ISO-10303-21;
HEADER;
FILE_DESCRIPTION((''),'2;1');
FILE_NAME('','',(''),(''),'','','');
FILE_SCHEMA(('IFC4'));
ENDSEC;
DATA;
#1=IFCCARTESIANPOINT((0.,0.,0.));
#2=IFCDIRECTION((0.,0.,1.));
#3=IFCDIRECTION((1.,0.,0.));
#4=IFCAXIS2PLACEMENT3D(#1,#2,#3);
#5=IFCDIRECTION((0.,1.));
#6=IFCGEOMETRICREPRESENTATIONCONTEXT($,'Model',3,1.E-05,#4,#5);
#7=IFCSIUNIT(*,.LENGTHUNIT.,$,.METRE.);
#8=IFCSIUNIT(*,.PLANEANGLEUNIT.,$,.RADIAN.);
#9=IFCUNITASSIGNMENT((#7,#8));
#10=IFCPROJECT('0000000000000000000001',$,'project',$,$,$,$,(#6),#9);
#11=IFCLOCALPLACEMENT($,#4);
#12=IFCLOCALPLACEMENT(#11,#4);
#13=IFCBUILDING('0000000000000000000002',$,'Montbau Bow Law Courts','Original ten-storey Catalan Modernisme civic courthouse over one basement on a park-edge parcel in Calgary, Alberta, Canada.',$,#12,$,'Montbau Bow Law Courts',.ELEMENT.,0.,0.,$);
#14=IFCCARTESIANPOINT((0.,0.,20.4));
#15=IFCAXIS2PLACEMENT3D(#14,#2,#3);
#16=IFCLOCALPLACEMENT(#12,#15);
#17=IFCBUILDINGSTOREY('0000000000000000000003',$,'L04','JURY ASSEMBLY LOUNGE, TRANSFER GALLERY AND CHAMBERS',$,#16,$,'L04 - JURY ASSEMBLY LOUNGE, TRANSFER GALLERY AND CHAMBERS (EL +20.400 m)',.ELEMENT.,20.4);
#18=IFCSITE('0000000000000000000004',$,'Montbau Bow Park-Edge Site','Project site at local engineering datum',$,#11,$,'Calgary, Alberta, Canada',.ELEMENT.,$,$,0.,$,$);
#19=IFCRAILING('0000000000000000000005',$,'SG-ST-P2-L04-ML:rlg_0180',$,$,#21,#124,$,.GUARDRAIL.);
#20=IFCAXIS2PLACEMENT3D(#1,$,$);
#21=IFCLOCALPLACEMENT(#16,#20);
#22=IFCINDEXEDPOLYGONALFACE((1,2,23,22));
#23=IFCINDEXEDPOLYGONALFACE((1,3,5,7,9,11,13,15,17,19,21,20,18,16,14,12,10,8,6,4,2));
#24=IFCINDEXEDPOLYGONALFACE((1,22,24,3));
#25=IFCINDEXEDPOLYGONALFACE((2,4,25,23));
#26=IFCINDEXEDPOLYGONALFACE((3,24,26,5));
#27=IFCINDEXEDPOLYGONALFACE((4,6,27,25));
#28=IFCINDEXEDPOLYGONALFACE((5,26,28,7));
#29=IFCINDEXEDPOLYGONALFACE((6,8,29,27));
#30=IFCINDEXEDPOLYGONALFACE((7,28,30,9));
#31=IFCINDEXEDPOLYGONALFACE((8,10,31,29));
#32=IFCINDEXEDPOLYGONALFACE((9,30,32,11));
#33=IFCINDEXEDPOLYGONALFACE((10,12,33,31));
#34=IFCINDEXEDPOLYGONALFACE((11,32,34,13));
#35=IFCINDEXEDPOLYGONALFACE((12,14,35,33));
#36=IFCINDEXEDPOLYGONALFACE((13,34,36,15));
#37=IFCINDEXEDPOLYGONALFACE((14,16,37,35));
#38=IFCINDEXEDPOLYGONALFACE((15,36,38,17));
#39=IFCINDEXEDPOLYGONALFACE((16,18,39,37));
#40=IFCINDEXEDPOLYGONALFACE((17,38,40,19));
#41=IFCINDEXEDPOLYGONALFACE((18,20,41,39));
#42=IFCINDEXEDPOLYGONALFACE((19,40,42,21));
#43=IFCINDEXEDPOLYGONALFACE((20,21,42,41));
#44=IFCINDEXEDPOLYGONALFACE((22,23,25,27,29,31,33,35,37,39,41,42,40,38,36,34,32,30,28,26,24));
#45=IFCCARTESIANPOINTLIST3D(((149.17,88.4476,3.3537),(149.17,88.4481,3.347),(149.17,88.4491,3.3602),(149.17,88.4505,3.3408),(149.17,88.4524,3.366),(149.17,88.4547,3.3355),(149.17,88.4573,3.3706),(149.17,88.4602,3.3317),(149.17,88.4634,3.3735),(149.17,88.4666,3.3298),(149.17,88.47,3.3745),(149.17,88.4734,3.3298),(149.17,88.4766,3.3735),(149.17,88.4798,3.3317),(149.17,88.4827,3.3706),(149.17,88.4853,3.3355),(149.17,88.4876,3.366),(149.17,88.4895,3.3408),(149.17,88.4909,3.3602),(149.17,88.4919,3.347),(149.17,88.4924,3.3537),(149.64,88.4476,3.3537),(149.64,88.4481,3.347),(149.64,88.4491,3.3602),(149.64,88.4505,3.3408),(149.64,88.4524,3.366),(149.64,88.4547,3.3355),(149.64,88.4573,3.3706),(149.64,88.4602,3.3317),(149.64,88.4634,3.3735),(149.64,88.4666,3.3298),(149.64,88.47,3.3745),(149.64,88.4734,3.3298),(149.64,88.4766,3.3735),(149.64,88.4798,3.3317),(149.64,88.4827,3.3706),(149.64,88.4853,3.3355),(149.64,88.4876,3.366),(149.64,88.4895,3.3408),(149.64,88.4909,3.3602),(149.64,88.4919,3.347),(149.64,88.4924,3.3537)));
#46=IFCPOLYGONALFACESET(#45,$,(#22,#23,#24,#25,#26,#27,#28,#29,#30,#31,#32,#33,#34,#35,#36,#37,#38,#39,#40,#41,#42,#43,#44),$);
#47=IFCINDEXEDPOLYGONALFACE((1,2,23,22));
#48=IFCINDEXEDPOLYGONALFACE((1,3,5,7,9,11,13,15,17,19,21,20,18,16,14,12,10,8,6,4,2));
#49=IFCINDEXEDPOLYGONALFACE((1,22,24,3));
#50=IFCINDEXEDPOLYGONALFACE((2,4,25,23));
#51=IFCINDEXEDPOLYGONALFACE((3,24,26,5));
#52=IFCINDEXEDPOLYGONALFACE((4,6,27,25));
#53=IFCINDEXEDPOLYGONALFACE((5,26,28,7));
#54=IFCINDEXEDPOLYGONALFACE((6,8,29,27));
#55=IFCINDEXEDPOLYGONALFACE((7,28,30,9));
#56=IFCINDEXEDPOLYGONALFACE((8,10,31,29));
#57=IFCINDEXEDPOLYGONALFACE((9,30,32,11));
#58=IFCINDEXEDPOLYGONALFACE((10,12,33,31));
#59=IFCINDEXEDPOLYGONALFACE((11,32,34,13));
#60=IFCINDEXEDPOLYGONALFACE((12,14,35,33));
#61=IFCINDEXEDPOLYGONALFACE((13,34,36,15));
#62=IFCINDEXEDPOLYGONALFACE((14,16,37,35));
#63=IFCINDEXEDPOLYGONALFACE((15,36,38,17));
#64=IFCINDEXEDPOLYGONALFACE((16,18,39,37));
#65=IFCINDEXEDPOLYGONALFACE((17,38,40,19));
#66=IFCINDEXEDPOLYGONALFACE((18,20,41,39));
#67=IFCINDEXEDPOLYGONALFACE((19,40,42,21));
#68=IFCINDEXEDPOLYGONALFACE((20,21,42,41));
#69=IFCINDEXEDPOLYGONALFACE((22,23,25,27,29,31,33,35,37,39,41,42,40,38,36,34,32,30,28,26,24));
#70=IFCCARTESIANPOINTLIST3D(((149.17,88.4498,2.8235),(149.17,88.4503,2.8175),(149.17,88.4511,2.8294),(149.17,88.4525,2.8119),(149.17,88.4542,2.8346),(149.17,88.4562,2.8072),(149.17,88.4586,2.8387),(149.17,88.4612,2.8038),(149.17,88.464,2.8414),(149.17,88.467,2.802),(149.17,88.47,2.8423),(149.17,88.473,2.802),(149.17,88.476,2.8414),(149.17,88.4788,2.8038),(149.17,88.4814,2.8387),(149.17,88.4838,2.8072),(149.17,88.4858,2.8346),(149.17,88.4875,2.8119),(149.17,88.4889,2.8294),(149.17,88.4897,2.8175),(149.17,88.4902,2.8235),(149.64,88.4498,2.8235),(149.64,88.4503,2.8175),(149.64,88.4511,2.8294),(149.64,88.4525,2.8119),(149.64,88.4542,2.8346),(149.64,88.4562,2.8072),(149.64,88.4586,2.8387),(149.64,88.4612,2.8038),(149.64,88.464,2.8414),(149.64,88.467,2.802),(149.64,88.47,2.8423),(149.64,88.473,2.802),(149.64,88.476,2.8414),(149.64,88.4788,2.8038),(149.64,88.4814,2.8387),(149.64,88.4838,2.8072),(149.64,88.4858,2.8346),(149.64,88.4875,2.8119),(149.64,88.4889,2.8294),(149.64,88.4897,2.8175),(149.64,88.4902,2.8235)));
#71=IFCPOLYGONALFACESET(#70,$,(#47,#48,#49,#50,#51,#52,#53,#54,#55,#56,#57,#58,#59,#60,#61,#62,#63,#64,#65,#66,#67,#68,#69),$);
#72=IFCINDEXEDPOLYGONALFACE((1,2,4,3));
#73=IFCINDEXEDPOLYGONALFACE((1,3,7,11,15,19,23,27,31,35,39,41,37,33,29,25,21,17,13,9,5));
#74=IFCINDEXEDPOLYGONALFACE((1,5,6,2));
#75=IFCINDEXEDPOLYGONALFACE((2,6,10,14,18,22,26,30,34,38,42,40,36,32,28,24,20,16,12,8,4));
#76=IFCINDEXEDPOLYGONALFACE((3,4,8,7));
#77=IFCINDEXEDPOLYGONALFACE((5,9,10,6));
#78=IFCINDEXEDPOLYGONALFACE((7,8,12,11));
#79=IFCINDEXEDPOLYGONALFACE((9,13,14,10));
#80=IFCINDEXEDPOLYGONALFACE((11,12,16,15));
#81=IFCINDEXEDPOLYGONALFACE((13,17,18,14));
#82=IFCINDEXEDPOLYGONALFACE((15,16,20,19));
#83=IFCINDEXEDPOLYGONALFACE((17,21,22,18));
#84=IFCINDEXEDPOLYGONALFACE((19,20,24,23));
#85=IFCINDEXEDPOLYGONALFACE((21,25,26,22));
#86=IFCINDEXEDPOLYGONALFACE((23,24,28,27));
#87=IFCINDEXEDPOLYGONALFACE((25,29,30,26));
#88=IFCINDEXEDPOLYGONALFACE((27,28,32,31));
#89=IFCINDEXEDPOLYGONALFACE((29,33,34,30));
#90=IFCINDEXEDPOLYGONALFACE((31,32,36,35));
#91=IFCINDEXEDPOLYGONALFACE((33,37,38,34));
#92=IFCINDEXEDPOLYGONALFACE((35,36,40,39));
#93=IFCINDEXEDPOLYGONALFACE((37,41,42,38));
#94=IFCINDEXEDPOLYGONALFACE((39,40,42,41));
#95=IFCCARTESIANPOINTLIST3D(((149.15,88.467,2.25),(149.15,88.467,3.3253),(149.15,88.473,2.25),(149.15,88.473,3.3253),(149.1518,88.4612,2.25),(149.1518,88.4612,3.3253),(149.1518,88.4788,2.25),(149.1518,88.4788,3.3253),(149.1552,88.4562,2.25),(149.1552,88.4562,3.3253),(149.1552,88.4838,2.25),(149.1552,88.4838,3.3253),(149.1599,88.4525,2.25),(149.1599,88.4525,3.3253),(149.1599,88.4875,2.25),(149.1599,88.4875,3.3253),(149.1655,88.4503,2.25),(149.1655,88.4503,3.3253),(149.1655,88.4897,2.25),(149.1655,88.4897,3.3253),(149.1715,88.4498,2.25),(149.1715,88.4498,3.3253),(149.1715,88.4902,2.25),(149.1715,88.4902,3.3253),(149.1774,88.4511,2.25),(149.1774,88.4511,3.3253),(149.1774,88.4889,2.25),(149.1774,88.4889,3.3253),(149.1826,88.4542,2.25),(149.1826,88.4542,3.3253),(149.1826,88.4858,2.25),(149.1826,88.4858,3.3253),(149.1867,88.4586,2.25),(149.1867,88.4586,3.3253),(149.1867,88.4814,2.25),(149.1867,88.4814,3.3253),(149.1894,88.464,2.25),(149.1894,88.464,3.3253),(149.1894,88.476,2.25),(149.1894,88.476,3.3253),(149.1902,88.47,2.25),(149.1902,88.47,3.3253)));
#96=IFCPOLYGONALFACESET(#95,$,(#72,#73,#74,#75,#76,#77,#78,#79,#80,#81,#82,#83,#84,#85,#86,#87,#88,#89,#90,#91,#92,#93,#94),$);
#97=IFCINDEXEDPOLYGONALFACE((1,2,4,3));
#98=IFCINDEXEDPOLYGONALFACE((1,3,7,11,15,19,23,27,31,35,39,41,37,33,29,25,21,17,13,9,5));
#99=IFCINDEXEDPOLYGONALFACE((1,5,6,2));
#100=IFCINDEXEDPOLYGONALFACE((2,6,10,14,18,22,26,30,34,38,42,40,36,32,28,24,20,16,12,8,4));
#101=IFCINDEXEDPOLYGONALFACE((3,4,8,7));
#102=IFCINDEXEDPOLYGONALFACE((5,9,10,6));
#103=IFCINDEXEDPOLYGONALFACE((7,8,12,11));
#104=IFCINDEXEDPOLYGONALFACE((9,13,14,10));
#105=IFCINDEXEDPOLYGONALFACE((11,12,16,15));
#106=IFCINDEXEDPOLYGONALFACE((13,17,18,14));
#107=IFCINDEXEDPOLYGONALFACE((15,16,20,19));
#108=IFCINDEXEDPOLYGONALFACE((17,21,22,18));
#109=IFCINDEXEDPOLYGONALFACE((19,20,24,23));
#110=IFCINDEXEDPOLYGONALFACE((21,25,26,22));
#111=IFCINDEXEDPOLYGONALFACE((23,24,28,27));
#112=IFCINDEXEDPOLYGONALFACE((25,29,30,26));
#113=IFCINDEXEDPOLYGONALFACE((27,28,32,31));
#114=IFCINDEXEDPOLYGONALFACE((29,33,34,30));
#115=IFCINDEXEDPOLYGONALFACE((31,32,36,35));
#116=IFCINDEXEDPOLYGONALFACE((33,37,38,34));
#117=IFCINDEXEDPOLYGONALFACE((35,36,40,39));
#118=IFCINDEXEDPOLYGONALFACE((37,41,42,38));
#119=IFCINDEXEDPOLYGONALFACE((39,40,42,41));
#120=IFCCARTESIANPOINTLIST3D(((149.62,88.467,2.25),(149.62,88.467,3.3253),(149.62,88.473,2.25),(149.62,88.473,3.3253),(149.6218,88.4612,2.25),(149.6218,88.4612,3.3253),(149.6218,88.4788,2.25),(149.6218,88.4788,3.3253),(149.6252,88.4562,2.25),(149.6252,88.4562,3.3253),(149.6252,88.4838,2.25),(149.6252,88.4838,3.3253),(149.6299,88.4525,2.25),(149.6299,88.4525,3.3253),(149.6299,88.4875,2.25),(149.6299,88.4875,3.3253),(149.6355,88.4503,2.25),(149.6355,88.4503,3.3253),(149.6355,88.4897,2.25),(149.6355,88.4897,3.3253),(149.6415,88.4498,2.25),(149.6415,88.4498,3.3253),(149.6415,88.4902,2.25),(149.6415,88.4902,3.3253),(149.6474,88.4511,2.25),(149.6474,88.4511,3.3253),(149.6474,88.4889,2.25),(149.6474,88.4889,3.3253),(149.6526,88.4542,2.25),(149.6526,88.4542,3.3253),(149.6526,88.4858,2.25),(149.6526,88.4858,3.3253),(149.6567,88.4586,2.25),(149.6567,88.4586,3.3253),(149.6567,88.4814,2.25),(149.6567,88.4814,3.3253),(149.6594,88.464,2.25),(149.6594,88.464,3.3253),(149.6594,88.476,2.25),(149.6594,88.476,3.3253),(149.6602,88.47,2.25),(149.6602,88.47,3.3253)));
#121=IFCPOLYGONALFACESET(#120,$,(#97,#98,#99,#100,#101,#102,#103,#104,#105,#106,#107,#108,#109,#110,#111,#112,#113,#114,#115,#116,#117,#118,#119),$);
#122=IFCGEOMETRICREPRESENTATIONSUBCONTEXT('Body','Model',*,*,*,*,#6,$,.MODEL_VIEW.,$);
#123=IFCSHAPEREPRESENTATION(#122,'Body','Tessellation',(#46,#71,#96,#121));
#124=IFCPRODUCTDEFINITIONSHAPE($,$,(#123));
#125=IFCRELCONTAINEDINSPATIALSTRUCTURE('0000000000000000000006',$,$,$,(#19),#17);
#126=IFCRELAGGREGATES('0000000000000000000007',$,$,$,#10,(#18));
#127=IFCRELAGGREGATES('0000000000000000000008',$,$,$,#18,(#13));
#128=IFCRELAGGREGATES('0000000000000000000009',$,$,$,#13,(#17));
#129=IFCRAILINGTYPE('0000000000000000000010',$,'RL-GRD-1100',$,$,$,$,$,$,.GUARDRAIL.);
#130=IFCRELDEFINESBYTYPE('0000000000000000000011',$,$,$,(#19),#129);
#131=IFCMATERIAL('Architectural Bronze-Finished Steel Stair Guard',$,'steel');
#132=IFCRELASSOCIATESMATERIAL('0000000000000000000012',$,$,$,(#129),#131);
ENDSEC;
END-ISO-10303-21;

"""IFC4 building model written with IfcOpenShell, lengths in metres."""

from ifc_helpers import new_model, si_unit, direction, frame, origin_with_axes, origin_2d_with_axis, place, context, subcontext, project, spatial, circle, extrude, material, type_object, element, save


model = new_model("IFC4")

# Units and contexts
model_context = context("Model", 3, precision=1e-05, world=origin_with_axes(), true_north=direction((0.0, 1.0)))
body_context = subcontext(model_context, "Body", "Model", "MODEL_VIEW")
ifc_project = project(units=[si_unit("LENGTHUNIT", "METRE"), si_unit("PLANEANGLEUNIT", "RADIAN")], contexts=[model_context])

# Site, building, storey
site_placement = place(None, origin_with_axes())
site = spatial("IfcSite", under=ifc_project, at=site_placement, Name="Montbau Bow Park-Edge Site", Description="Project site at local engineering datum", LongName="Calgary, Alberta, Canada", CompositionType="ELEMENT", RefElevation=0.0)
building_placement = place(site_placement, origin_with_axes())
building = spatial("IfcBuilding", under=site, at=building_placement, Name="Montbau Bow Law Courts", Description="Original ten-storey Catalan Modernisme civic courthouse over one basement on a park-edge parcel in Calgary, Alberta, Canada.", LongName="Montbau Bow Law Courts", CompositionType="ELEMENT", ElevationOfRefHeight=0.0, ElevationOfTerrain=0.0)
storey_placement = place(building_placement, frame((0.0, 0.0, 20.4), z_axis=(0.0, 0.0, 1.0), x_axis=(1.0, 0.0, 0.0)))
storey = spatial("IfcBuildingStorey", under=building, at=storey_placement, Name="L04", Description="JURY ASSEMBLY LOUNGE, TRANSFER GALLERY AND CHAMBERS", LongName="L04 - JURY ASSEMBLY LOUNGE, TRANSFER GALLERY AND CHAMBERS (EL +20.400 m)", CompositionType="ELEMENT", Elevation=20.4)

# Railing
ifc_material_1 = material(Name="Architectural Bronze-Finished Steel Stair Guard", Category="steel")
railing_type_1 = type_object("IfcRailingType", Name="RL-GRD-1100", PredefinedType="GUARDRAIL", material=ifc_material_1)
railing_1_placement = place(None, origin_with_axes())
element("IfcRailing", 1, at=railing_1_placement, inside=storey, type_object=railing_type_1, Name="SG-ST-P2-L04-ML:rlg_0180", PredefinedType="GUARDRAIL", context=body_context, shape_type="SweptSolid", body=[
    extrude(circle(Radius=0.0225, at=origin_2d_with_axis()), frame((149.17, 88.47, 23.752), z_axis=(1.0, 0.0, 0.0), x_axis=(0.0, 0.0, 1.0)), (0.0, 0.0, 1.0), 0.47),
    extrude(circle(Radius=0.0203, at=origin_2d_with_axis()), frame((149.17, 88.47, 23.222), z_axis=(1.0, 0.0, 0.0), x_axis=(0.0, 0.0, 1.0)), (0.0, 0.0, 1.0), 0.47),
    extrude(circle(Radius=0.0203, at=origin_2d_with_axis()), frame((149.17, 88.47, 22.65), z_axis=(0.0, 0.0, 1.0), x_axis=(1.0, 0.0, 0.0)), (0.0, 0.0, 1.0), 1.0753),
    extrude(circle(Radius=0.0203, at=origin_2d_with_axis()), frame((149.64, 88.47, 22.65), z_axis=(0.0, 0.0, 1.0), x_axis=(1.0, 0.0, 0.0)), (0.0, 0.0, 1.0), 1.0753),
])

save(model, "model.ifc")
